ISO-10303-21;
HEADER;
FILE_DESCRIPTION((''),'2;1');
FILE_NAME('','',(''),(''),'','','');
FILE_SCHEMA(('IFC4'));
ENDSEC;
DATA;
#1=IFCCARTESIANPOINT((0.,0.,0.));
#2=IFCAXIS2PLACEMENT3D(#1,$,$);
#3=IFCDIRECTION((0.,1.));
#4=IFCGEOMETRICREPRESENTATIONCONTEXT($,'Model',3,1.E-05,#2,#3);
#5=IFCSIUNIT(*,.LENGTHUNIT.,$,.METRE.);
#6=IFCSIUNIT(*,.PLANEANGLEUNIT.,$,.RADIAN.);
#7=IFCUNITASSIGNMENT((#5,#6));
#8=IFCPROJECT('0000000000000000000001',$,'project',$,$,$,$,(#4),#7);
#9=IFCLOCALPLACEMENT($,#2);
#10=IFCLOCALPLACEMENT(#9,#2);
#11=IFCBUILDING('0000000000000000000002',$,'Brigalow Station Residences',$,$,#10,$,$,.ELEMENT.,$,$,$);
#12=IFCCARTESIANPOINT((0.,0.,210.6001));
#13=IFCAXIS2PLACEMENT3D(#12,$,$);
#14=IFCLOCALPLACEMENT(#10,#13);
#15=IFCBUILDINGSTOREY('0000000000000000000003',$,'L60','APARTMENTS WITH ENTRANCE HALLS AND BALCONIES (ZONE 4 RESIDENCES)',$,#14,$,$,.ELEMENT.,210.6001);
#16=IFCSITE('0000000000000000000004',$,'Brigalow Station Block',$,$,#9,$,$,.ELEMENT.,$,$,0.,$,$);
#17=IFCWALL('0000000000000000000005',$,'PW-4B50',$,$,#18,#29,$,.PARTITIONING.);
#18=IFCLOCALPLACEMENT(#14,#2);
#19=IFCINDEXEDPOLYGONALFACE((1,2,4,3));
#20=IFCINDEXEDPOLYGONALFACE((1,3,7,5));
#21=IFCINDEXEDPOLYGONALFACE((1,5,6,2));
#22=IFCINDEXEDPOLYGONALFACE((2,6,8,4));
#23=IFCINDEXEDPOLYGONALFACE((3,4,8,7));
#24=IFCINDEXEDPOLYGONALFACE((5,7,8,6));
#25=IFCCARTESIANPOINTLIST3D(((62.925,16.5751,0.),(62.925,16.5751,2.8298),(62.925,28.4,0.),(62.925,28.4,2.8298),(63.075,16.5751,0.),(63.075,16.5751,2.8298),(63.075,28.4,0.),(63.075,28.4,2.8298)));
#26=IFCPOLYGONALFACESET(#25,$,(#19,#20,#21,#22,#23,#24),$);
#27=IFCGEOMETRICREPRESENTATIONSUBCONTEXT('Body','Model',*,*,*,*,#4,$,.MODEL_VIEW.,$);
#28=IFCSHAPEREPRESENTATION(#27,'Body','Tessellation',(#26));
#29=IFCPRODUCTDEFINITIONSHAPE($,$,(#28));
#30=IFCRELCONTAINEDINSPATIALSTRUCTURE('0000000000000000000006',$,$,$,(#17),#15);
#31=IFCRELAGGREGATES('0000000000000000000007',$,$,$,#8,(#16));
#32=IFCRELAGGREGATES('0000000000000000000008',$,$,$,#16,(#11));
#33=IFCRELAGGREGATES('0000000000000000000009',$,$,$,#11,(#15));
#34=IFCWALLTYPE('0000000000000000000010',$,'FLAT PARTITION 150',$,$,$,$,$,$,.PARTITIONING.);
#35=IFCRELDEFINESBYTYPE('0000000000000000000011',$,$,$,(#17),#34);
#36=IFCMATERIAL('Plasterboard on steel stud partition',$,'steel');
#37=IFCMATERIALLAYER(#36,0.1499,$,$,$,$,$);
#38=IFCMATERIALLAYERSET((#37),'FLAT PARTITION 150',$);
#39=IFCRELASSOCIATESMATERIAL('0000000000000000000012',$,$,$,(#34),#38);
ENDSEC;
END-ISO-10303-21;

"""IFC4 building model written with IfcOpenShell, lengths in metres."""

from ifc_helpers import new_model, si_unit, direction, frame, frame_2d, origin, place, context, subcontext, project, spatial, rectangle, extrude, material, layer, layer_set, type_object, element, save


model = new_model("IFC4")

# Units and contexts
model_context = context("Model", 3, precision=1e-05, world=origin(), true_north=direction((0.0, 1.0)))
body_context = subcontext(model_context, "Body", "Model", "MODEL_VIEW")
ifc_project = project(units=[si_unit("LENGTHUNIT", "METRE"), si_unit("PLANEANGLEUNIT", "RADIAN")], contexts=[model_context])

# Site, building, storey
site_placement = place(None, origin())
site = spatial("IfcSite", under=ifc_project, at=site_placement, Name="Brigalow Station Block", CompositionType="ELEMENT", RefElevation=0.0)
building_placement = place(site_placement, origin())
building = spatial("IfcBuilding", under=site, at=building_placement, Name="Brigalow Station Residences", CompositionType="ELEMENT")
storey_placement = place(building_placement, frame((0.0, 0.0, 210.6001)))
storey = spatial("IfcBuildingStorey", under=building, at=storey_placement, Name="L60", Description="APARTMENTS WITH ENTRANCE HALLS AND BALCONIES (ZONE 4 RESIDENCES)", CompositionType="ELEMENT", Elevation=210.6001)

# Wall
ifc_material_1 = material(Name="Plasterboard on steel stud partition", Category="steel")
ifc_layer_1 = layer(ifc_material_1, 0.1499)
ifc_layer_set_1 = layer_set([ifc_layer_1], Name="FLAT PARTITION 150")
wall_type_1 = type_object("IfcWallType", Name="FLAT PARTITION 150", PredefinedType="PARTITIONING", material=ifc_layer_set_1)
wall_1_placement = place(storey_placement, frame((63.0, 16.575, 0.0), z_axis=(0.0, 0.0, 1.0), x_axis=(0.0, 1.0, 0.0)))
element("IfcWall", 1, at=wall_1_placement, inside=storey, type_object=wall_type_1, Name="PW-4B50", PredefinedType="PARTITIONING", context=body_context, shape_type="SweptSolid", body=[
    extrude(rectangle(XDim=11.825, YDim=0.1499, at=frame_2d((5.9126, 0.0))), origin(), (0.0, 0.0, 1.0), 2.8298),
])

save(model, "model.ifc")
